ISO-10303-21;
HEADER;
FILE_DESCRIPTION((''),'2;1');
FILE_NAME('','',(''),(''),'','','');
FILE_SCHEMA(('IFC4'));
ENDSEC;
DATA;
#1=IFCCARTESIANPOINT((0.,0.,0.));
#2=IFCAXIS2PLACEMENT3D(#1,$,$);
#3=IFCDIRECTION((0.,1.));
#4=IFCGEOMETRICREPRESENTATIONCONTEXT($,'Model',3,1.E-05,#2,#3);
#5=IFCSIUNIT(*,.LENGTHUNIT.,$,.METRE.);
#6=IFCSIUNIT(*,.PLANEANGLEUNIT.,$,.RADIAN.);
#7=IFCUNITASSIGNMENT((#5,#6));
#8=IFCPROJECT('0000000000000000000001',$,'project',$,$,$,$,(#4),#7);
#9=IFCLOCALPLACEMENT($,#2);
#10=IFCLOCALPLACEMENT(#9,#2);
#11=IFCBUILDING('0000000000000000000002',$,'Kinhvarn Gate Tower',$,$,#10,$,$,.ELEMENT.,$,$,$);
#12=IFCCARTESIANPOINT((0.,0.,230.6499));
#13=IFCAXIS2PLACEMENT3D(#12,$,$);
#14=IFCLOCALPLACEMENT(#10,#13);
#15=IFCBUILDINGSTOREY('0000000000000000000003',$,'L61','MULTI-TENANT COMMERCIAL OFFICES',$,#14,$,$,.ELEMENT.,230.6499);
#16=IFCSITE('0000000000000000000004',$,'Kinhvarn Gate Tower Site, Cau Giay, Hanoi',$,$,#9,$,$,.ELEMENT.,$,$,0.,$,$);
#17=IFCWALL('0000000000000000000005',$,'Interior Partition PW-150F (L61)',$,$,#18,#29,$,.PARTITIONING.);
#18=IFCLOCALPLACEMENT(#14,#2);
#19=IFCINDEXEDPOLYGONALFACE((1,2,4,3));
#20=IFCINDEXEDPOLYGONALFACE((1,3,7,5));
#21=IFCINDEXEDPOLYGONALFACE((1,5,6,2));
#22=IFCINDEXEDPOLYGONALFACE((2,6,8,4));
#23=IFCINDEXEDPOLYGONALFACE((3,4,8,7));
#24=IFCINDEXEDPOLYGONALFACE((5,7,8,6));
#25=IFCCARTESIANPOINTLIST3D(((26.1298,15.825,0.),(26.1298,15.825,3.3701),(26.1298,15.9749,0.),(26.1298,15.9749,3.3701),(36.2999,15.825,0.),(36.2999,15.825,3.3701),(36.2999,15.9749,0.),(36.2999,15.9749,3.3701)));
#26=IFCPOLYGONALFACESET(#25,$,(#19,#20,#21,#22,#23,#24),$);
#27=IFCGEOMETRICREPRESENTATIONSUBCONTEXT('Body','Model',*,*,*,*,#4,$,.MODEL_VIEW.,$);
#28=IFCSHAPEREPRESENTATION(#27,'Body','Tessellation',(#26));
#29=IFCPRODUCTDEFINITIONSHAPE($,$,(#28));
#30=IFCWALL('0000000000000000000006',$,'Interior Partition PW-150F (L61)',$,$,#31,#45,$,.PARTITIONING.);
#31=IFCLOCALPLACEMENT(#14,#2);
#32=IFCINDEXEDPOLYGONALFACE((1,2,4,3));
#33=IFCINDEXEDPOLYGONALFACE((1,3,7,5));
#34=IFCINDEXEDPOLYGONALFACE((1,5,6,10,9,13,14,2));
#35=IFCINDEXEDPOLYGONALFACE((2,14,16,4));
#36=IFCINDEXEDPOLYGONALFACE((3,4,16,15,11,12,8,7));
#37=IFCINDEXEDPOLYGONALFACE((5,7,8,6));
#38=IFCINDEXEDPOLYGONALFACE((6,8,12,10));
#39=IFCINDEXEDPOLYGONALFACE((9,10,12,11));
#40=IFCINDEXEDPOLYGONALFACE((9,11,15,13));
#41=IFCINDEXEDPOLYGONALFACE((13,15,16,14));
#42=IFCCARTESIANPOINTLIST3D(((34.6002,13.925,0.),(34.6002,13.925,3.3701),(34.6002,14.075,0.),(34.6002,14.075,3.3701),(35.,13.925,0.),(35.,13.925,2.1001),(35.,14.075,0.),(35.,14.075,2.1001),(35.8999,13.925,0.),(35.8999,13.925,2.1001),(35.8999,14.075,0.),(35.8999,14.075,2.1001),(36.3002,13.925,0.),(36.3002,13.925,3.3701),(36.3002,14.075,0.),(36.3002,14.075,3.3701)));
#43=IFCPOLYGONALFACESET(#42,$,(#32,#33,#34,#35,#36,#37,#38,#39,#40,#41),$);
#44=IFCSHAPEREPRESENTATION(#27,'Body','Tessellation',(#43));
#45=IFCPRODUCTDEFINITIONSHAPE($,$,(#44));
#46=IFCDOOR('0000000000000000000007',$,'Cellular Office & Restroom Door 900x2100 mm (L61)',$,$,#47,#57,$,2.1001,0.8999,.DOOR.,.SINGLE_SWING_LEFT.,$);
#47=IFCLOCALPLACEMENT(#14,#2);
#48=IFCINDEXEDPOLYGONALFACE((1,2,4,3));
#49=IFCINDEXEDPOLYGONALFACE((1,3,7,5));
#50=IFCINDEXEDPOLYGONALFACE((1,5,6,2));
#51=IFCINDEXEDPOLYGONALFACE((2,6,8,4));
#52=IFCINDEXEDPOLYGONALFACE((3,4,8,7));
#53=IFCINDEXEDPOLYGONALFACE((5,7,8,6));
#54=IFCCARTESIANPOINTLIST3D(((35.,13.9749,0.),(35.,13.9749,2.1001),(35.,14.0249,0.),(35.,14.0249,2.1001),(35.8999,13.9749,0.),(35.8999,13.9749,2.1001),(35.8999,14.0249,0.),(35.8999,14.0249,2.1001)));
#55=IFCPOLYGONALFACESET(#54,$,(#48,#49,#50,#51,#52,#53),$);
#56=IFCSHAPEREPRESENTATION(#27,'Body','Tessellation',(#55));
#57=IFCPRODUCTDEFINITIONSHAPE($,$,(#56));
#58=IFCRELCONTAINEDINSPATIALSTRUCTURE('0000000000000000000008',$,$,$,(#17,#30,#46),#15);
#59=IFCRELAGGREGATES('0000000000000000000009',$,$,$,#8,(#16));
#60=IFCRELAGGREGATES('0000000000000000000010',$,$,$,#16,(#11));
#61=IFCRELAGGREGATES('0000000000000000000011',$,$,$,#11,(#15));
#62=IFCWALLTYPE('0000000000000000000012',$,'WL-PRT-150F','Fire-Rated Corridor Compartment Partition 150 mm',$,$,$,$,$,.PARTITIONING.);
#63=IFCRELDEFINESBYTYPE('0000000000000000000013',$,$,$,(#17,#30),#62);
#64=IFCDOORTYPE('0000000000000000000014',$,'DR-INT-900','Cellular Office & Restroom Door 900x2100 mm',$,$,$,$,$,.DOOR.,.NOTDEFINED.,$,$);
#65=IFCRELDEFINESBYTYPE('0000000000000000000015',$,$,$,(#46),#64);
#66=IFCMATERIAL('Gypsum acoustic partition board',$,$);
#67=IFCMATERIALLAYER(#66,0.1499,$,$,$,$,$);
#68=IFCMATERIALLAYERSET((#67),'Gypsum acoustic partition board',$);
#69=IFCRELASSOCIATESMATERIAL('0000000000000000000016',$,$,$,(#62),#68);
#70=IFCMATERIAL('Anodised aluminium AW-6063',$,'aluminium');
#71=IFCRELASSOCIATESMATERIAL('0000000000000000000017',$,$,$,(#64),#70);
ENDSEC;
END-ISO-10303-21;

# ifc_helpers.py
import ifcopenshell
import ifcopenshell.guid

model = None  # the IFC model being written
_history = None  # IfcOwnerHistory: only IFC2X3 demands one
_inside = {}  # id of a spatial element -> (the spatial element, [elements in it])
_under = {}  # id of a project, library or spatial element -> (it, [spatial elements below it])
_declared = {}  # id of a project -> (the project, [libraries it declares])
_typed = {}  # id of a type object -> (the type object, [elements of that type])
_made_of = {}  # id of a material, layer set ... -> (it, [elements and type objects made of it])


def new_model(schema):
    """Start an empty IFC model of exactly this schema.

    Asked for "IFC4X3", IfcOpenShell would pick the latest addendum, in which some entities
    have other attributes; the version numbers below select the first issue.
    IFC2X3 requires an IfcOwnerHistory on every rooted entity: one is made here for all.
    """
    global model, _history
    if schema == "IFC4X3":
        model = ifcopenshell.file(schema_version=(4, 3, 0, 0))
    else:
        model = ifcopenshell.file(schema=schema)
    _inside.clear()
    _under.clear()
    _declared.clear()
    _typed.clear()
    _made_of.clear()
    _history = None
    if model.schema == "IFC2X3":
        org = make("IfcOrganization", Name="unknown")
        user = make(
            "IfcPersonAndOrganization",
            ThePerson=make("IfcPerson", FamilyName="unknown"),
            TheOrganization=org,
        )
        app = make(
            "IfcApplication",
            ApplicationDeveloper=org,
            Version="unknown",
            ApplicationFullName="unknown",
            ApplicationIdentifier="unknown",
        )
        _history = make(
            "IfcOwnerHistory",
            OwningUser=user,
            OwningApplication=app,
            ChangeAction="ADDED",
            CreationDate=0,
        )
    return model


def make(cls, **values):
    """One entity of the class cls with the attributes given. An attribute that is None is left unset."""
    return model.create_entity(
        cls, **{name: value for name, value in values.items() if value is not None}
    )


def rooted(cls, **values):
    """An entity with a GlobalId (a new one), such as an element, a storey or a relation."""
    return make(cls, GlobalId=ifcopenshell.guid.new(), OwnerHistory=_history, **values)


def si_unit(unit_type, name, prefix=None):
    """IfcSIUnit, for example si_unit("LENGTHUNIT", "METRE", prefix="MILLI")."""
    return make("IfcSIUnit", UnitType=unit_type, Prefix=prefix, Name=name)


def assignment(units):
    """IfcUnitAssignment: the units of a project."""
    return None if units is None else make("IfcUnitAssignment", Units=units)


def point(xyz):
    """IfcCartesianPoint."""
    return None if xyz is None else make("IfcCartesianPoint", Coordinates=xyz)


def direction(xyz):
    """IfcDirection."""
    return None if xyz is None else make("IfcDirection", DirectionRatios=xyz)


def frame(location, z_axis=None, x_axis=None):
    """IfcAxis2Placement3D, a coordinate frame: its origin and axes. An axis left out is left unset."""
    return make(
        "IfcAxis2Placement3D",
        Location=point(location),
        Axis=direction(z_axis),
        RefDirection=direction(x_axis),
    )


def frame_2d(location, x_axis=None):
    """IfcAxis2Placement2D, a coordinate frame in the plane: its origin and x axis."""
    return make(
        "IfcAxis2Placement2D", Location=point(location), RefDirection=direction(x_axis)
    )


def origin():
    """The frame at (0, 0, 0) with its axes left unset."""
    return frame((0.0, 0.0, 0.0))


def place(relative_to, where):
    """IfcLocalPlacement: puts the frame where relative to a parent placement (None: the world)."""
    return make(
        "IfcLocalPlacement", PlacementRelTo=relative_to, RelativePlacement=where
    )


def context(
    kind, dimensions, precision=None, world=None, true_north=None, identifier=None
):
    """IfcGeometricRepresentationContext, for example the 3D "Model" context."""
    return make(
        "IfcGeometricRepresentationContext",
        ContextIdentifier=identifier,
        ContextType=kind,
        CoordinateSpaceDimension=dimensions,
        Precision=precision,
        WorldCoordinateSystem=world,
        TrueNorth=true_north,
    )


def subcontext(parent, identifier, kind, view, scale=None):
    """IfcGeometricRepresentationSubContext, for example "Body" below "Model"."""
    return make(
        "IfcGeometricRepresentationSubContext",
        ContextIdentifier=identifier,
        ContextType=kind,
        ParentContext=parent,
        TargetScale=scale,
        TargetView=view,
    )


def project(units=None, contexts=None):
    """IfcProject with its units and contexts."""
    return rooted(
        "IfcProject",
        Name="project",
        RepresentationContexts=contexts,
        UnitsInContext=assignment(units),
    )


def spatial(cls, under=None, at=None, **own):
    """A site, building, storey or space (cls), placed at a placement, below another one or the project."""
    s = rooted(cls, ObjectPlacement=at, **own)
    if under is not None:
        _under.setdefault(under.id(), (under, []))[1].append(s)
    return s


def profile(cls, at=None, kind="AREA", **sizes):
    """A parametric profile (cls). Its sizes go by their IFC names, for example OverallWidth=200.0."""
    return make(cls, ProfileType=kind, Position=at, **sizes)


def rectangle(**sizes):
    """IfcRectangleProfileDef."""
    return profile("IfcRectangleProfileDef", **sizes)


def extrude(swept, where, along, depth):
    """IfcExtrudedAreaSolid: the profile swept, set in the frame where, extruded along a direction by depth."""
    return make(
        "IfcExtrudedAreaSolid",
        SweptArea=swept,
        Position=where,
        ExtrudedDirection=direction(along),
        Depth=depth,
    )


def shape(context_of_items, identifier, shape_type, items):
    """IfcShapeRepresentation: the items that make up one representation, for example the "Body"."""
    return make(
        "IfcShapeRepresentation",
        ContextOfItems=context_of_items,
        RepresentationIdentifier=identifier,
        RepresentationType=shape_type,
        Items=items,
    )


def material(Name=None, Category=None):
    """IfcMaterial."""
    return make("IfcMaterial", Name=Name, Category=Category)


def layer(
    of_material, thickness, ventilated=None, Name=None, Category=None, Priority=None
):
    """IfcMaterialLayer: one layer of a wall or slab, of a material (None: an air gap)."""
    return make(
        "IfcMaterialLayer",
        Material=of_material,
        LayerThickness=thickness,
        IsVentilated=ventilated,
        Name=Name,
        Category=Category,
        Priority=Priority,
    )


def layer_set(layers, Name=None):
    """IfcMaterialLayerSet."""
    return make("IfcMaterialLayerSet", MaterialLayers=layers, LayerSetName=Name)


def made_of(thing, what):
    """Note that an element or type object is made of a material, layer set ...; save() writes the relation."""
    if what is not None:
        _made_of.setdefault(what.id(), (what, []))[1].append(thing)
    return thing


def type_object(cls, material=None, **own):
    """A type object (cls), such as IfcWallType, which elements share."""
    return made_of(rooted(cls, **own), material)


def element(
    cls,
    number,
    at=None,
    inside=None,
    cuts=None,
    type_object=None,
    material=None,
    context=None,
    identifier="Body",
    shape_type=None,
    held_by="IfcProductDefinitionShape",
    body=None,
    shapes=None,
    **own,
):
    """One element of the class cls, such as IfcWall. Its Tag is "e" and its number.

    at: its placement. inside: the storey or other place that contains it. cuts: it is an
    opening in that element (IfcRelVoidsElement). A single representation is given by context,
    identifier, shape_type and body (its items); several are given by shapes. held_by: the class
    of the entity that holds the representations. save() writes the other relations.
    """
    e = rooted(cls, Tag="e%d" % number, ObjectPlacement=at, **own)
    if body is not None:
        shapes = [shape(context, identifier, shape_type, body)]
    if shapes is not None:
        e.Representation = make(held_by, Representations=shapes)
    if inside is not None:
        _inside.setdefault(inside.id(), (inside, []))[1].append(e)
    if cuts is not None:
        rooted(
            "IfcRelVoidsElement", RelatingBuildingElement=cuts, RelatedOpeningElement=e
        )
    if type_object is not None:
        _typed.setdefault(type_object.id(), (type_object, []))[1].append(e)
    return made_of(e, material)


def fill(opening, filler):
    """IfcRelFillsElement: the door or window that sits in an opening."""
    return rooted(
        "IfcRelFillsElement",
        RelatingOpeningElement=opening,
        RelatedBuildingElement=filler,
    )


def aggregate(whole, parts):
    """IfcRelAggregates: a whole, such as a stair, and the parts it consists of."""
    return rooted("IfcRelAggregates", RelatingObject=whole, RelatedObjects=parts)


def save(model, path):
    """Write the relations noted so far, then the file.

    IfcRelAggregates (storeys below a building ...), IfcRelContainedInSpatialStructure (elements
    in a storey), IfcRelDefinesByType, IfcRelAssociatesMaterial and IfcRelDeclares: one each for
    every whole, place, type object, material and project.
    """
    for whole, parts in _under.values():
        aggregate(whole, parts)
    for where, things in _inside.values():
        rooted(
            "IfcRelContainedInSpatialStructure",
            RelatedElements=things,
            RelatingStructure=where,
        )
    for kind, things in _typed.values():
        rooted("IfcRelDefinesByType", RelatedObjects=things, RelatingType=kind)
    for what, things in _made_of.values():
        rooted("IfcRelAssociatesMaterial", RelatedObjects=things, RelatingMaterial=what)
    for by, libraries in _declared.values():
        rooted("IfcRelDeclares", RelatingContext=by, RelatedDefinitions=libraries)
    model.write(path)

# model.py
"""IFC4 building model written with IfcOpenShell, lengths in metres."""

from ifc_helpers import new_model, si_unit, direction, frame, frame_2d, origin, place, context, subcontext, project, spatial, rectangle, extrude, material, layer, layer_set, type_object, element, fill, save


model = new_model("IFC4")

# Units and contexts
model_context = context("Model", 3, precision=1e-05, world=origin(), true_north=direction((0.0, 1.0)))
body_context = subcontext(model_context, "Body", "Model", "MODEL_VIEW")
ifc_project = project(units=[si_unit("LENGTHUNIT", "METRE"), si_unit("PLANEANGLEUNIT", "RADIAN")], contexts=[model_context])

# Site, building, storey
site_placement = place(None, origin())
site = spatial("IfcSite", under=ifc_project, at=site_placement, Name="Kinhvarn Gate Tower Site, Cau Giay, Hanoi", CompositionType="ELEMENT", RefElevation=0.0)
building_placement = place(site_placement, origin())
building = spatial("IfcBuilding", under=site, at=building_placement, Name="Kinhvarn Gate Tower", CompositionType="ELEMENT")
storey_placement = place(building_placement, frame((0.0, 0.0, 230.6499)))
storey = spatial("IfcBuildingStorey", under=building, at=storey_placement, Name="L61", Description="MULTI-TENANT COMMERCIAL OFFICES", CompositionType="ELEMENT", Elevation=230.6499)

# Shared definitions
ifc_material_1 = material(Name="Gypsum acoustic partition board")
ifc_layer_1 = layer(ifc_material_1, 0.1499)
ifc_layer_set_1 = layer_set([ifc_layer_1], Name="Gypsum acoustic partition board")
wall_type_1 = type_object("IfcWallType", Name="WL-PRT-150F", Description="Fire-Rated Corridor Compartment Partition 150 mm", PredefinedType="PARTITIONING", material=ifc_layer_set_1)

# Shared definitions
ifc_material_2 = material(Name="Anodised aluminium AW-6063", Category="aluminium")

# Wall
wall_1_placement = place(storey_placement, frame((26.1299, 15.8999, 0.0), z_axis=(0.0, 0.0, 1.0), x_axis=(1.0, 0.0, 0.0)))
element("IfcWall", 1, at=wall_1_placement, inside=storey, type_object=wall_type_1, Name="Interior Partition PW-150F (L61)", PredefinedType="PARTITIONING", context=body_context, shape_type="SweptSolid", body=[
    extrude(rectangle(XDim=10.1702, YDim=0.1499, at=frame_2d((5.085, 0.0))), origin(), (0.0, 0.0, 1.0), 3.3701),
])

# Wall, opening, door
wall_2_placement = place(storey_placement, frame((34.6001, 14.0, 0.0), z_axis=(0.0, 0.0, 1.0), x_axis=(1.0, 0.0, 0.0)))
wall_2 = element("IfcWall", 2, at=wall_2_placement, inside=storey, type_object=wall_type_1, Name="Interior Partition PW-150F (L61)", PredefinedType="PARTITIONING", context=body_context, shape_type="SweptSolid", body=[
    extrude(rectangle(XDim=1.7, YDim=0.1499, at=frame_2d((0.8501, 0.0))), origin(), (0.0, 0.0, 1.0), 3.3701),
])
opening_1_placement = place(wall_2_placement, frame((0.3999, 0.0, 0.0)))
opening_1 = element("IfcOpeningElement", 3, at=opening_1_placement, cuts=wall_2, PredefinedType="OPENING", context=body_context, shape_type="SweptSolid", body=[
    extrude(rectangle(XDim=0.8999, YDim=2.1001, at=frame_2d((0.45, 1.05))), frame((0.0, 0.085, 0.0), z_axis=(0.0, -1.0, 0.0), x_axis=(1.0, 0.0, 0.0)), (0.0, 0.0, 1.0), 0.1699),
])
door_type_1 = type_object("IfcDoorType", Name="DR-INT-900", Description="Cellular Office & Restroom Door 900x2100 mm", OperationType="NOTDEFINED", PredefinedType="DOOR", material=ifc_material_2)
door_1_placement = place(opening_1_placement, origin())
door_1 = element("IfcDoor", 4, at=door_1_placement, inside=storey, type_object=door_type_1, Name="Cellular Office & Restroom Door 900x2100 mm (L61)", OperationType="SINGLE_SWING_LEFT", OverallHeight=2.1001, OverallWidth=0.8999, PredefinedType="DOOR", context=body_context, shape_type="SweptSolid", body=[
    extrude(rectangle(XDim=0.8999, YDim=2.1001, at=frame_2d((0.45, 1.05))), frame((0.0, 0.0249, 0.0), z_axis=(0.0, -1.0, 0.0), x_axis=(1.0, 0.0, 0.0)), (0.0, 0.0, 1.0), 0.05),
])
fill(opening_1, door_1)

save(model, "model.ifc")
